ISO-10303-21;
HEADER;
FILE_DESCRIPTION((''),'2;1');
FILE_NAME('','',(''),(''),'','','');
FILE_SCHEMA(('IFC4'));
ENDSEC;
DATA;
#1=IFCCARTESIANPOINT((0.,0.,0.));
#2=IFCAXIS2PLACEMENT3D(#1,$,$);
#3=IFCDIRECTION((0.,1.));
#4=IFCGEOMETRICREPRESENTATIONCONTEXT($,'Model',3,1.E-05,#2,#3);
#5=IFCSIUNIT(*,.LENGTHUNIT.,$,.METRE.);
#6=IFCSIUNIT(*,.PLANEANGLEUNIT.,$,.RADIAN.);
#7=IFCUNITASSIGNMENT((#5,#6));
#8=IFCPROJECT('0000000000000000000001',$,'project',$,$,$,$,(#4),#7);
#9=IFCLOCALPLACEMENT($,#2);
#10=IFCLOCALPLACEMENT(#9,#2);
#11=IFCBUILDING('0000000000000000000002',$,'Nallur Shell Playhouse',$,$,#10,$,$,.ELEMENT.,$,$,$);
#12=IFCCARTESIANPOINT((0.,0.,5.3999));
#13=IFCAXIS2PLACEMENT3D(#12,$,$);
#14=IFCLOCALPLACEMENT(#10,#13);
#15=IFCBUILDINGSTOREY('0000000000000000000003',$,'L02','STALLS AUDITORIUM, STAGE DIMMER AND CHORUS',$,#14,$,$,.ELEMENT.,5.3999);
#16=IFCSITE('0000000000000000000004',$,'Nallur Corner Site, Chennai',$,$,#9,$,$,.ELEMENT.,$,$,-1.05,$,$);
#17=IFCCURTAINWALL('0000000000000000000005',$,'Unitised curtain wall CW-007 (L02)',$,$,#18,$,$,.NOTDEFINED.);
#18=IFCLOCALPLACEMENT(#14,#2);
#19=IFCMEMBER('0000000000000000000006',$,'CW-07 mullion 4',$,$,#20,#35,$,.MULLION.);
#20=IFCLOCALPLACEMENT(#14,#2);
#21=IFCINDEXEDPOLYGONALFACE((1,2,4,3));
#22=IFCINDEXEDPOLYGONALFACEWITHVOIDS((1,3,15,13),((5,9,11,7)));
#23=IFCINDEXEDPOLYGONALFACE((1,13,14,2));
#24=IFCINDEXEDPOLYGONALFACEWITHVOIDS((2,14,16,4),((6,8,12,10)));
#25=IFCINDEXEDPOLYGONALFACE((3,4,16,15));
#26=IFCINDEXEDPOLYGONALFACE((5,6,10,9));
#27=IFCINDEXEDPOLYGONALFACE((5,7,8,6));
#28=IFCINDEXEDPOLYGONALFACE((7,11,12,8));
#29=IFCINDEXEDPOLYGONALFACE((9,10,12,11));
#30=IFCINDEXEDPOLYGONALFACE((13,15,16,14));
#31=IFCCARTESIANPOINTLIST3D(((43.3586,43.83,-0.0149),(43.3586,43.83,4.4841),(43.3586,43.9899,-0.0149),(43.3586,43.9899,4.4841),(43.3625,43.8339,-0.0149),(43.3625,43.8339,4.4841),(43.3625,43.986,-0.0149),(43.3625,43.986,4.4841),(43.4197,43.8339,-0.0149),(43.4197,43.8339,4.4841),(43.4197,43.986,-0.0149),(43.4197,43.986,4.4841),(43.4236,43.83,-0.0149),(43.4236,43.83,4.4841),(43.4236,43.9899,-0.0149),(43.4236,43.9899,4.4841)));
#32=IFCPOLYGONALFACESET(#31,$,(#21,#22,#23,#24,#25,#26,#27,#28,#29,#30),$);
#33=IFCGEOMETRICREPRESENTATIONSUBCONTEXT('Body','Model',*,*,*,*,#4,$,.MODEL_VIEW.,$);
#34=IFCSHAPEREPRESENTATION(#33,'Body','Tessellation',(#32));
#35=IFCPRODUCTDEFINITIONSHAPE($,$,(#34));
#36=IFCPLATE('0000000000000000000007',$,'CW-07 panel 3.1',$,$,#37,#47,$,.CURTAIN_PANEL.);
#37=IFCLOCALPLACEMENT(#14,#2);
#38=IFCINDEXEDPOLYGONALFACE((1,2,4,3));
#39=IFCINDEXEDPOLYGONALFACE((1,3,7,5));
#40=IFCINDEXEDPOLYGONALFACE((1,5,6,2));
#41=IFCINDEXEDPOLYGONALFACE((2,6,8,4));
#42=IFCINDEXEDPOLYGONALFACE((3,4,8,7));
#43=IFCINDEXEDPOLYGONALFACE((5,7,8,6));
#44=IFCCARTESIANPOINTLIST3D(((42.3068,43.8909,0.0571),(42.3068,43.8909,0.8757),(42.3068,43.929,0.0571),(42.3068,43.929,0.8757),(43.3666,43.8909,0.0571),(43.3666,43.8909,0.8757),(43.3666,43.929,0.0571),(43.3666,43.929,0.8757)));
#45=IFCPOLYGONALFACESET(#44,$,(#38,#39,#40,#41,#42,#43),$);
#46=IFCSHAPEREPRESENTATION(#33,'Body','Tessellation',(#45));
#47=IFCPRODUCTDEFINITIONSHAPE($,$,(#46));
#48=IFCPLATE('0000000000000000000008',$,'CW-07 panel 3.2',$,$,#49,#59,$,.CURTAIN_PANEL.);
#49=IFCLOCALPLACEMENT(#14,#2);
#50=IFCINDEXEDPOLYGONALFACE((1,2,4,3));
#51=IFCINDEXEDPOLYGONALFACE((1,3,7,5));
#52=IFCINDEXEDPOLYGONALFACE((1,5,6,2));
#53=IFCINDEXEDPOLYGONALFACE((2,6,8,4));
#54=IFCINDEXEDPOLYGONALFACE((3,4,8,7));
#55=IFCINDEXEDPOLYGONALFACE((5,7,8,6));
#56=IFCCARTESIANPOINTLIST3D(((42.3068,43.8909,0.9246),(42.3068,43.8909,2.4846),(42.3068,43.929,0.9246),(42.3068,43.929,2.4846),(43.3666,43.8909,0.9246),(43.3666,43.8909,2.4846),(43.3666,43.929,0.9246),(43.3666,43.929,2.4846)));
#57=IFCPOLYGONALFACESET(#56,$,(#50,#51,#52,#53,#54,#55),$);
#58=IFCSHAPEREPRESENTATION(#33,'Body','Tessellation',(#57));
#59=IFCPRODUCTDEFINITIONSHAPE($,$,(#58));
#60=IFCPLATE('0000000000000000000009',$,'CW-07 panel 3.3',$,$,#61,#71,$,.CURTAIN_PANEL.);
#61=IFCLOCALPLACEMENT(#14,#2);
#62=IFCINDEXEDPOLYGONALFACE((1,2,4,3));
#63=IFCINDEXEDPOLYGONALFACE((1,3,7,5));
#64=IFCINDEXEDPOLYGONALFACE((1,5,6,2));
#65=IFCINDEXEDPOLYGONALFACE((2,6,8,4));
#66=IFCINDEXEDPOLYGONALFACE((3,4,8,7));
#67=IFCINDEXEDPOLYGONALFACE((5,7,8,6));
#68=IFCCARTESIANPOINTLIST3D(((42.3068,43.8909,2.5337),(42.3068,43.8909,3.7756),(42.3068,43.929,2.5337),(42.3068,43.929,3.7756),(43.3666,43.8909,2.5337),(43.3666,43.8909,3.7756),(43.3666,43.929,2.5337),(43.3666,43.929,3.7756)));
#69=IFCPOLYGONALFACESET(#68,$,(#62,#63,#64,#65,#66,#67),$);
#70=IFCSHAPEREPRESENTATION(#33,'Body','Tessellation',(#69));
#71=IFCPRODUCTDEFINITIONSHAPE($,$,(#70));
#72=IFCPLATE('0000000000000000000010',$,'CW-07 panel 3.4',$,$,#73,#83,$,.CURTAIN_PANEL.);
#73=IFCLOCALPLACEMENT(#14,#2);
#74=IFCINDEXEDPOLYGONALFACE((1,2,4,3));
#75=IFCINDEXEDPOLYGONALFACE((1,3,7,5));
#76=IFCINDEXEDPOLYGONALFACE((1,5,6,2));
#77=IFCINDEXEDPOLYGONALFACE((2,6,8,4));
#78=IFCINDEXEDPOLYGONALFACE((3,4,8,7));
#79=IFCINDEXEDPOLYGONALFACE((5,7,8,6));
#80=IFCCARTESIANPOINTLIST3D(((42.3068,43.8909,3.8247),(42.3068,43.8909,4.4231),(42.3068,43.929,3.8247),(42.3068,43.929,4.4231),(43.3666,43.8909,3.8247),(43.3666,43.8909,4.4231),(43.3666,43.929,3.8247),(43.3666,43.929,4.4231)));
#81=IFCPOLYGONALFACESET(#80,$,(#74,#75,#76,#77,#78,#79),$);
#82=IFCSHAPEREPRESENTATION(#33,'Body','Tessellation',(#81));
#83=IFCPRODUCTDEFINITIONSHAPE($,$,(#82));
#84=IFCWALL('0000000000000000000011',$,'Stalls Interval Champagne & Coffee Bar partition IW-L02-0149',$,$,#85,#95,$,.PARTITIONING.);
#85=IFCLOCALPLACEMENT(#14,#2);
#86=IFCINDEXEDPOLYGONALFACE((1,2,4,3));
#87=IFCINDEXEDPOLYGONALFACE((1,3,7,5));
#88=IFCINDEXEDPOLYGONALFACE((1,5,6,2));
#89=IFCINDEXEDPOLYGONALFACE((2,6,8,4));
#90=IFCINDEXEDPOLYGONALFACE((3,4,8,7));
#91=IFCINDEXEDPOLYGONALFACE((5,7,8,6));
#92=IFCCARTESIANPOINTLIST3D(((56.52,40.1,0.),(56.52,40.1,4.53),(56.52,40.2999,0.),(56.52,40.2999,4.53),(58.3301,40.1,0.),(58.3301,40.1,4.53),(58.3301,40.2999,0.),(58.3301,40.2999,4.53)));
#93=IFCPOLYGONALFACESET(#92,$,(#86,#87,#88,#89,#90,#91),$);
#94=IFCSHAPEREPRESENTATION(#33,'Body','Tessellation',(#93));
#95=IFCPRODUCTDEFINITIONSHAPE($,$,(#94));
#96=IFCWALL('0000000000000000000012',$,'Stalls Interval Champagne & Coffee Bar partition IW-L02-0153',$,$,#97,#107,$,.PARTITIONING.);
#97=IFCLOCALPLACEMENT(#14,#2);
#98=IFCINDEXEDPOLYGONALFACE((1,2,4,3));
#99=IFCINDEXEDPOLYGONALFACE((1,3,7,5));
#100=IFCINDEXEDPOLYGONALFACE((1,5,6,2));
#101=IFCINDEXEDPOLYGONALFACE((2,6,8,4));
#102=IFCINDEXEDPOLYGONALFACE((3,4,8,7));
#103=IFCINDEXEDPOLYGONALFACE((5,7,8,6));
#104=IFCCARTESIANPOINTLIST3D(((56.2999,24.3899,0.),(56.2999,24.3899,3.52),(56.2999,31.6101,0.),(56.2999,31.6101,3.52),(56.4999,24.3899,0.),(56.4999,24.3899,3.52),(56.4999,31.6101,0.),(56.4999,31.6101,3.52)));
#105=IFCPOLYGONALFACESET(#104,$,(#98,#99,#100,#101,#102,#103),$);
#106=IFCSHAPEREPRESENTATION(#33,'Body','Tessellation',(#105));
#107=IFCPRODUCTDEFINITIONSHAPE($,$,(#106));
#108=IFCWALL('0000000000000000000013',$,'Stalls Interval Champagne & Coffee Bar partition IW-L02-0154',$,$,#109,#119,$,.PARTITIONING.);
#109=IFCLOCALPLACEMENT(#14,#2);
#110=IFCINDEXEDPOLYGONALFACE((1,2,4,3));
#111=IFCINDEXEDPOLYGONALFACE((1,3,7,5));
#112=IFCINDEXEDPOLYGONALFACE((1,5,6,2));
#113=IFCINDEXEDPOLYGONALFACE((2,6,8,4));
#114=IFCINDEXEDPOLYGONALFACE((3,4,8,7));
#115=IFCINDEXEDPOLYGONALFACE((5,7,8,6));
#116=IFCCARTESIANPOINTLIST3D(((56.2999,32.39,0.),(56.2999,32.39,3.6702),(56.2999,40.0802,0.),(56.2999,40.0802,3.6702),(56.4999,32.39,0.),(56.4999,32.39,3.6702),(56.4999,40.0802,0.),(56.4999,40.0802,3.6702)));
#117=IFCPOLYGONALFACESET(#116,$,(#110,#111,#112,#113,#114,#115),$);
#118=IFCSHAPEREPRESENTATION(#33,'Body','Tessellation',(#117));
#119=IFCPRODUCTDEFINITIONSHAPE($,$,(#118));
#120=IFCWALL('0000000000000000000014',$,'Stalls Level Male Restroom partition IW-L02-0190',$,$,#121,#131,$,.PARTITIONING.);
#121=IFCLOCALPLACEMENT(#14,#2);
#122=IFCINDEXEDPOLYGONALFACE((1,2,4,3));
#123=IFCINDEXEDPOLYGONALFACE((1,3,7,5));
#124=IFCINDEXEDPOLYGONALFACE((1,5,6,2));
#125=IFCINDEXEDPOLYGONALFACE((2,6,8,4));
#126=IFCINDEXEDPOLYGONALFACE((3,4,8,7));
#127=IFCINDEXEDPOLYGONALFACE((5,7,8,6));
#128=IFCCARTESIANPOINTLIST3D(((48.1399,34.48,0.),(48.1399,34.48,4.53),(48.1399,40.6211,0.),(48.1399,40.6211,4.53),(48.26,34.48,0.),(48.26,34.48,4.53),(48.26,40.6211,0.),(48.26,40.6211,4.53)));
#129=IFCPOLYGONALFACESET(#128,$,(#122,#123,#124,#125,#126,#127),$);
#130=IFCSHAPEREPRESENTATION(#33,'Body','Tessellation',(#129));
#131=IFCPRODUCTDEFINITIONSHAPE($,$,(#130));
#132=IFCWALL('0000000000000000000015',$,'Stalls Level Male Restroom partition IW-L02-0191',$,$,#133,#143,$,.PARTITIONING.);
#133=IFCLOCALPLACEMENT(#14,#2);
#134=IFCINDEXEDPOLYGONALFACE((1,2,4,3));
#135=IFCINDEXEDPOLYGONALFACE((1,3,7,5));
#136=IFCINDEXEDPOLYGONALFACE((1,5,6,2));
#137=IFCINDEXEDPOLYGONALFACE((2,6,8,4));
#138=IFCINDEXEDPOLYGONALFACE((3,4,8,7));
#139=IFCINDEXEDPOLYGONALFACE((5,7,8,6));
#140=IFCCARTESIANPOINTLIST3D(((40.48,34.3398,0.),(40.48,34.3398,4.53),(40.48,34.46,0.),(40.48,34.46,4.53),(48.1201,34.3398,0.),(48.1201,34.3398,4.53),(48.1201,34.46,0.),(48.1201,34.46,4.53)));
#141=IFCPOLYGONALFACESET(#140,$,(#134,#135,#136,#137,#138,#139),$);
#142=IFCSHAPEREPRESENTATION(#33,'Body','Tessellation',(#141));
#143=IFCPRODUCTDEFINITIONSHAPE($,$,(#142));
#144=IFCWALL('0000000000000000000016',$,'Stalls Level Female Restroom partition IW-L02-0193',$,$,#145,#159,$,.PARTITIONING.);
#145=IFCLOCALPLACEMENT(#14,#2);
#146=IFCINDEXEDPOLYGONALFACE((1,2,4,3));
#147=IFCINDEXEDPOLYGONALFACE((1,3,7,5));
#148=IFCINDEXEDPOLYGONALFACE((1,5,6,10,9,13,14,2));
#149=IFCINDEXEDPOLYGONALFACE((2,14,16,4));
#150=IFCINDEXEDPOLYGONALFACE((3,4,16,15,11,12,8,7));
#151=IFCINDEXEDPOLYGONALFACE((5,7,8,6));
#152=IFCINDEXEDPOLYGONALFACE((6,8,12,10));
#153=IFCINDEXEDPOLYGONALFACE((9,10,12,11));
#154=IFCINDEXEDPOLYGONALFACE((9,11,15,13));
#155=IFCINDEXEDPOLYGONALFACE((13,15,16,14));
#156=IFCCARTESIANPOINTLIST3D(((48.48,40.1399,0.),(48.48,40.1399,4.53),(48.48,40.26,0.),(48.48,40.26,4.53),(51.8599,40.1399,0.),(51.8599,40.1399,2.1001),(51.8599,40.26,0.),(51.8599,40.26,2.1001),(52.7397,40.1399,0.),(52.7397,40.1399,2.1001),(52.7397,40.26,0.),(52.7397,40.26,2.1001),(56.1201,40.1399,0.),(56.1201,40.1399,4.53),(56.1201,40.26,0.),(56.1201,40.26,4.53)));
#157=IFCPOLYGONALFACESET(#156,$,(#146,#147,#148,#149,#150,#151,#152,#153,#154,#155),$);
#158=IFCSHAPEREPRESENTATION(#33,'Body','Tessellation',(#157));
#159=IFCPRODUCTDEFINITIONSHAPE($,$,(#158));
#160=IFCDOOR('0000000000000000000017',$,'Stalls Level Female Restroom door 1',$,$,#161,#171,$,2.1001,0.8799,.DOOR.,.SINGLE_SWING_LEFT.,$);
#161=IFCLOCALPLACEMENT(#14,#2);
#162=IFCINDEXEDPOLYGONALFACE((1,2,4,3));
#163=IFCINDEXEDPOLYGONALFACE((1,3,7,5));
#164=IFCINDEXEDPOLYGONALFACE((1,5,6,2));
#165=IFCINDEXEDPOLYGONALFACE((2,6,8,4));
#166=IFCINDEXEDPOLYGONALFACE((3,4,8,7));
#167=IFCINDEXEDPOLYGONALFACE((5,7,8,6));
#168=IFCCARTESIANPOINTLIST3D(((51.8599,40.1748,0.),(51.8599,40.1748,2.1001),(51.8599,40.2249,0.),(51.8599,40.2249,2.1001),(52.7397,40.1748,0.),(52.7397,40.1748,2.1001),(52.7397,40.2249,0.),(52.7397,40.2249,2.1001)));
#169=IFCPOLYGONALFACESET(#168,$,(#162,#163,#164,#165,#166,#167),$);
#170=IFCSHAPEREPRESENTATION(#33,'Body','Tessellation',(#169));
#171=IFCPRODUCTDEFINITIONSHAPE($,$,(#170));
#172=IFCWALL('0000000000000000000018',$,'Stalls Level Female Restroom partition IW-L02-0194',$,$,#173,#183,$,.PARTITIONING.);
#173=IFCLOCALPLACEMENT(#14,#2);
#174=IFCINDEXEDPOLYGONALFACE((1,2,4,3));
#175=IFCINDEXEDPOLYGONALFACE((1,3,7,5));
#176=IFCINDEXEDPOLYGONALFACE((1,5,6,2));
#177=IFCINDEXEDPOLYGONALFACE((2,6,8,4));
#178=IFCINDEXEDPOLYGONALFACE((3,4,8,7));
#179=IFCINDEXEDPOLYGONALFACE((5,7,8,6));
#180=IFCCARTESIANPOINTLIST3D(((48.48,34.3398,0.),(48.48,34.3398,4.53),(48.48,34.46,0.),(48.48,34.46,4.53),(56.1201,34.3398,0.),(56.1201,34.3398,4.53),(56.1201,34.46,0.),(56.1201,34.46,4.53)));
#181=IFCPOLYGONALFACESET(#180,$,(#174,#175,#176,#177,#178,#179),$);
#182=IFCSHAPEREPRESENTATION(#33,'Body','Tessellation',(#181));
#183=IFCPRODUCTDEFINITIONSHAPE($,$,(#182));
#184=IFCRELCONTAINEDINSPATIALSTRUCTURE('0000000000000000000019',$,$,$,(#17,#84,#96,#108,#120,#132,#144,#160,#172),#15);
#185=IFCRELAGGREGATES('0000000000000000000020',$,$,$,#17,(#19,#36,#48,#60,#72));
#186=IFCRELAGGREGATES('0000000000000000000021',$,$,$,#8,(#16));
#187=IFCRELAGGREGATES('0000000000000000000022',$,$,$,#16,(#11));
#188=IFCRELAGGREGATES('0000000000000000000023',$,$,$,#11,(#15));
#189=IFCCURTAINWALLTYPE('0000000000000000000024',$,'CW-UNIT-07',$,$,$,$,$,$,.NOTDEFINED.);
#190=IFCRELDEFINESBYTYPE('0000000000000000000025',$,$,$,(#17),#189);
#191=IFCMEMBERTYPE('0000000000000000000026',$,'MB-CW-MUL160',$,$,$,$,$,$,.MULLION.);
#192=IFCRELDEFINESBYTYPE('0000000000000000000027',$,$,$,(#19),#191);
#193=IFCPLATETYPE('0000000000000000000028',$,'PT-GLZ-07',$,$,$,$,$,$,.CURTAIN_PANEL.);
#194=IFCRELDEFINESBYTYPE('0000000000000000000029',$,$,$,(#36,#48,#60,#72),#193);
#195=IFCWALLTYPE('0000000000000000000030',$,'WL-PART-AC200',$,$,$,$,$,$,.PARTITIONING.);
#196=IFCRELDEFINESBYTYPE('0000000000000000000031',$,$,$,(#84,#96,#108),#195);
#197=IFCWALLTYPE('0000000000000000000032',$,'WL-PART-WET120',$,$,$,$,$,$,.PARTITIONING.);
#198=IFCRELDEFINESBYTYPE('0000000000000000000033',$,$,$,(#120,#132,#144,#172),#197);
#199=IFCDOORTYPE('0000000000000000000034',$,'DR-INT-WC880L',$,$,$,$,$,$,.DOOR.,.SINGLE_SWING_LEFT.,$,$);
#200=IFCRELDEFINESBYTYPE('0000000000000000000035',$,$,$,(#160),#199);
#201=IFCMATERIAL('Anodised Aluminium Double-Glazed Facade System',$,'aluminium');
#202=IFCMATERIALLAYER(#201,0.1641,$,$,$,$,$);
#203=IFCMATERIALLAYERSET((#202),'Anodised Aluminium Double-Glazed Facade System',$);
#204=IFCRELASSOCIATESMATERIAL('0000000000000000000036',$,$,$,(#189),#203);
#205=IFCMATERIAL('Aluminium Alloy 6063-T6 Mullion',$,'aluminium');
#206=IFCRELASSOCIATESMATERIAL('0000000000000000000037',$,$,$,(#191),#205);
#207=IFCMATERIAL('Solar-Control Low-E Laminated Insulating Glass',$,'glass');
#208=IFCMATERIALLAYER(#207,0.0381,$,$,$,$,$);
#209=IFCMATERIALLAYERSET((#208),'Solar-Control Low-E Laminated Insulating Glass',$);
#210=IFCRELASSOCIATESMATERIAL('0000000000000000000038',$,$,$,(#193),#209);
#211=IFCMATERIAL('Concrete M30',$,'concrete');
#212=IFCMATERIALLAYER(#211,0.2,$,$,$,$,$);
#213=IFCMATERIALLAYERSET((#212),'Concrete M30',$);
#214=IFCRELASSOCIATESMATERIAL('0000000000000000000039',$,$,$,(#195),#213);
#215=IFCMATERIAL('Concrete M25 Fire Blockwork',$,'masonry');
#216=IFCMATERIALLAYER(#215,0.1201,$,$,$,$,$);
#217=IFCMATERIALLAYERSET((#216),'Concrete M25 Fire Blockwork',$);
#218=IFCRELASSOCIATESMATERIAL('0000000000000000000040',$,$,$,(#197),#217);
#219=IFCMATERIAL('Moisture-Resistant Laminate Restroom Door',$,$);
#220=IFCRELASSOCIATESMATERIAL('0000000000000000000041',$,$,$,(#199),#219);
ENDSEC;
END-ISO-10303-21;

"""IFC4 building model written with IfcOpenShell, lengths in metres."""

from ifc_helpers import new_model, si_unit, direction, frame, frame_2d, origin, origin_2d, place, context, subcontext, project, spatial, rectangle, hollow_rectangle, extrude, material, layer, layer_set, material_profile, profile_set, type_object, element, fill, aggregate, save


model = new_model("IFC4")

# Units and contexts
model_context = context("Model", 3, precision=1e-05, world=origin(), true_north=direction((0.0, 1.0)))
body_context = subcontext(model_context, "Body", "Model", "MODEL_VIEW")
ifc_project = project(units=[si_unit("LENGTHUNIT", "METRE"), si_unit("PLANEANGLEUNIT", "RADIAN")], contexts=[model_context])

# Site, building, storey
site_placement = place(None, origin())
site = spatial("IfcSite", under=ifc_project, at=site_placement, Name="Nallur Corner Site, Chennai", CompositionType="ELEMENT", RefElevation=-1.05)
building_placement = place(site_placement, origin())
building = spatial("IfcBuilding", under=site, at=building_placement, Name="Nallur Shell Playhouse", CompositionType="ELEMENT")
storey_placement = place(building_placement, frame((0.0, 0.0, 5.3999)))
storey = spatial("IfcBuildingStorey", under=building, at=storey_placement, Name="L02", Description="STALLS AUDITORIUM, STAGE DIMMER AND CHORUS", CompositionType="ELEMENT", Elevation=5.3999)

# Curtain wall, member, plates
ifc_material_1 = material(Name="Anodised Aluminium Double-Glazed Facade System", Category="aluminium")
ifc_layer_1 = layer(ifc_material_1, 0.1641)
ifc_layer_set_1 = layer_set([ifc_layer_1], Name="Anodised Aluminium Double-Glazed Facade System")
curtain_wall_type = type_object("IfcCurtainWallType", Name="CW-UNIT-07", PredefinedType="NOTDEFINED", material=ifc_layer_set_1)
curtain_wall_placement = place(storey_placement, origin())
curtain_wall = element("IfcCurtainWall", 1, at=curtain_wall_placement, inside=storey, type_object=curtain_wall_type, Name="Unitised curtain wall CW-007 (L02)", PredefinedType="NOTDEFINED")
ifc_material_2 = material(Name="Aluminium Alloy 6063-T6 Mullion", Category="aluminium")
ifc_material_profile_1 = material_profile(ifc_material_2, hollow_rectangle(XDim=0.0649, YDim=0.1599, WallThickness=0.0039, at=origin_2d()), Name="ALU 65x160x4")
ifc_profile_set_1 = profile_set([ifc_material_profile_1], Name="Aluminium Alloy 6063-T6 Mullion")
member_type = type_object("IfcMemberType", Name="MB-CW-MUL160", PredefinedType="MULLION", material=ifc_profile_set_1)
member_placement = place(storey_placement, frame((43.3911, 43.9099, -0.0149), z_axis=(0.0, 0.0, 1.0), x_axis=(1.0, 0.0, 0.0)))
member = element("IfcMember", 2, at=member_placement, type_object=member_type, Name="CW-07 mullion 4", PredefinedType="MULLION", context=body_context, shape_type="SweptSolid", body=[
    extrude(hollow_rectangle(XDim=0.0649, YDim=0.1599, WallThickness=0.0039, at=origin_2d()), origin(), (0.0, 0.0, 1.0), 4.499),
])
ifc_material_3 = material(Name="Solar-Control Low-E Laminated Insulating Glass", Category="glass")
ifc_layer_2 = layer(ifc_material_3, 0.0381)
ifc_layer_set_2 = layer_set([ifc_layer_2], Name="Solar-Control Low-E Laminated Insulating Glass")
plate_type = type_object("IfcPlateType", Name="PT-GLZ-07", PredefinedType="CURTAIN_PANEL", material=ifc_layer_set_2)
plate_1_placement = place(storey_placement, frame((42.8367, 43.9099, 0.0571), z_axis=(0.0, 0.0, 1.0), x_axis=(1.0, 0.0, 0.0)))
plate_1 = element("IfcPlate", 3, at=plate_1_placement, type_object=plate_type, Name="CW-07 panel 3.1", PredefinedType="CURTAIN_PANEL", context=body_context, shape_type="SweptSolid", body=[
    extrude(rectangle(XDim=1.0598, YDim=0.0381, at=origin_2d()), origin(), (0.0, 0.0, 1.0), 0.8186),
])
plate_2_placement = place(storey_placement, frame((42.8367, 43.9099, 0.9246), z_axis=(0.0, 0.0, 1.0), x_axis=(1.0, 0.0, 0.0)))
plate_2 = element("IfcPlate", 4, at=plate_2_placement, type_object=plate_type, Name="CW-07 panel 3.2", PredefinedType="CURTAIN_PANEL", context=body_context, shape_type="SweptSolid", body=[
    extrude(rectangle(XDim=1.0598, YDim=0.0381, at=origin_2d()), origin(), (0.0, 0.0, 1.0), 1.5601),
])
plate_3_placement = place(storey_placement, frame((42.8367, 43.9099, 2.5337), z_axis=(0.0, 0.0, 1.0), x_axis=(1.0, 0.0, 0.0)))
plate_3 = element("IfcPlate", 5, at=plate_3_placement, type_object=plate_type, Name="CW-07 panel 3.3", PredefinedType="CURTAIN_PANEL", context=body_context, shape_type="SweptSolid", body=[
    extrude(rectangle(XDim=1.0598, YDim=0.0381, at=origin_2d()), origin(), (0.0, 0.0, 1.0), 1.2419),
])
plate_4_placement = place(storey_placement, frame((42.8367, 43.9099, 3.8247), z_axis=(0.0, 0.0, 1.0), x_axis=(1.0, 0.0, 0.0)))
plate_4 = element("IfcPlate", 6, at=plate_4_placement, type_object=plate_type, Name="CW-07 panel 3.4", PredefinedType="CURTAIN_PANEL", context=body_context, shape_type="SweptSolid", body=[
    extrude(rectangle(XDim=1.0598, YDim=0.0381, at=origin_2d()), origin(), (0.0, 0.0, 1.0), 0.5984),
])
aggregate(curtain_wall, [member, plate_1, plate_2, plate_3, plate_4])

# Walls
ifc_material_4 = material(Name="Concrete M30", Category="concrete")
ifc_layer_3 = layer(ifc_material_4, 0.2)
ifc_layer_set_3 = layer_set([ifc_layer_3], Name="Concrete M30")
wall_type_1 = type_object("IfcWallType", Name="WL-PART-AC200", PredefinedType="PARTITIONING", material=ifc_layer_set_3)
wall_1_placement = place(storey_placement, frame((56.52, 40.2, 0.0), z_axis=(0.0, 0.0, 1.0), x_axis=(1.0, 0.0, 0.0)))
element("IfcWall", 7, at=wall_1_placement, inside=storey, type_object=wall_type_1, Name="Stalls Interval Champagne & Coffee Bar partition IW-L02-0149", PredefinedType="PARTITIONING", context=body_context, shape_type="SweptSolid", body=[
    extrude(rectangle(XDim=1.8101, YDim=0.2, at=frame_2d((0.905, 0.0))), origin(), (0.0, 0.0, 1.0), 4.53),
])
wall_2_placement = place(storey_placement, frame((56.3999, 24.3899, 0.0), z_axis=(0.0, 0.0, 1.0), x_axis=(0.0, 1.0, 0.0)))
element("IfcWall", 8, at=wall_2_placement, inside=storey, type_object=wall_type_1, Name="Stalls Interval Champagne & Coffee Bar partition IW-L02-0153", PredefinedType="PARTITIONING", context=body_context, shape_type="SweptSolid", body=[
    extrude(rectangle(XDim=7.2202, YDim=0.2, at=frame_2d((3.6101, 0.0))), origin(), (0.0, 0.0, 1.0), 3.52),
])
wall_3_placement = place(storey_placement, frame((56.3999, 32.3899, 0.0), z_axis=(0.0, 0.0, 1.0), x_axis=(0.0, 1.0, 0.0)))
element("IfcWall", 9, at=wall_3_placement, inside=storey, type_object=wall_type_1, Name="Stalls Interval Champagne & Coffee Bar partition IW-L02-0154", PredefinedType="PARTITIONING", context=body_context, shape_type="SweptSolid", body=[
    extrude(rectangle(XDim=7.6902, YDim=0.2, at=frame_2d((3.8452, 0.0))), origin(), (0.0, 0.0, 1.0), 3.6702),
])
ifc_material_5 = material(Name="Concrete M25 Fire Blockwork", Category="masonry")
ifc_layer_4 = layer(ifc_material_5, 0.1201)
ifc_layer_set_4 = layer_set([ifc_layer_4], Name="Concrete M25 Fire Blockwork")
wall_type_2 = type_object("IfcWallType", Name="WL-PART-WET120", PredefinedType="PARTITIONING", material=ifc_layer_set_4)
wall_4_placement = place(storey_placement, frame((48.2, 40.6211, 0.0), z_axis=(0.0, 0.0, 1.0), x_axis=(0.0, -1.0, 0.0)))
element("IfcWall", 10, at=wall_4_placement, inside=storey, type_object=wall_type_2, Name="Stalls Level Male Restroom partition IW-L02-0190", PredefinedType="PARTITIONING", context=body_context, shape_type="SweptSolid", body=[
    extrude(rectangle(XDim=6.1411, YDim=0.1201, at=frame_2d((3.0706, 0.0))), origin(), (0.0, 0.0, 1.0), 4.53),
])
wall_5_placement = place(storey_placement, frame((48.1201, 34.3999, 0.0), z_axis=(0.0, 0.0, 1.0), x_axis=(-1.0, 0.0, 0.0)))
element("IfcWall", 11, at=wall_5_placement, inside=storey, type_object=wall_type_2, Name="Stalls Level Male Restroom partition IW-L02-0191", PredefinedType="PARTITIONING", context=body_context, shape_type="SweptSolid", body=[
    extrude(rectangle(XDim=7.6401, YDim=0.1201, at=frame_2d((3.8201, 0.0))), origin(), (0.0, 0.0, 1.0), 4.53),
])

# Wall, opening, door
wall_6_placement = place(storey_placement, frame((48.48, 40.2, 0.0), z_axis=(0.0, 0.0, 1.0), x_axis=(1.0, 0.0, 0.0)))
wall_6 = element("IfcWall", 12, at=wall_6_placement, inside=storey, type_object=wall_type_2, Name="Stalls Level Female Restroom partition IW-L02-0193", PredefinedType="PARTITIONING", context=body_context, shape_type="SweptSolid", body=[
    extrude(rectangle(XDim=7.6401, YDim=0.1201, at=frame_2d((3.8201, 0.0))), origin(), (0.0, 0.0, 1.0), 4.53),
])
opening_placement = place(wall_6_placement, frame((3.3799, 0.0, 0.0)))
opening = element("IfcOpeningElement", 13, at=opening_placement, cuts=wall_6, PredefinedType="OPENING", context=body_context, shape_type="SweptSolid", body=[
    extrude(rectangle(XDim=0.8799, YDim=2.1001, at=frame_2d((0.4399, 1.05))), frame((0.0, 0.0701, 0.0), z_axis=(0.0, -1.0, 0.0), x_axis=(1.0, 0.0, 0.0)), (0.0, 0.0, 1.0), 0.1401),
])
ifc_material_6 = material(Name="Moisture-Resistant Laminate Restroom Door")
door_type = type_object("IfcDoorType", Name="DR-INT-WC880L", OperationType="SINGLE_SWING_LEFT", PredefinedType="DOOR", material=ifc_material_6)
door_placement = place(opening_placement, origin())
door = element("IfcDoor", 14, at=door_placement, inside=storey, type_object=door_type, Name="Stalls Level Female Restroom door 1", OperationType="SINGLE_SWING_LEFT", OverallHeight=2.1001, OverallWidth=0.8799, PredefinedType="DOOR", context=body_context, shape_type="SweptSolid", body=[
    extrude(rectangle(XDim=0.8799, YDim=2.1001, at=frame_2d((0.4399, 1.05))), frame((0.0, 0.0249, 0.0), z_axis=(0.0, -1.0, 0.0), x_axis=(1.0, 0.0, 0.0)), (0.0, 0.0, 1.0), 0.05),
])
fill(opening, door)

# Wall
wall_7_placement = place(storey_placement, frame((56.1201, 34.3999, 0.0), z_axis=(0.0, 0.0, 1.0), x_axis=(-1.0, 0.0, 0.0)))
element("IfcWall", 15, at=wall_7_placement, inside=storey, type_object=wall_type_2, Name="Stalls Level Female Restroom partition IW-L02-0194", PredefinedType="PARTITIONING", context=body_context, shape_type="SweptSolid", body=[
    extrude(rectangle(XDim=7.6401, YDim=0.1201, at=frame_2d((3.8201, 0.0))), origin(), (0.0, 0.0, 1.0), 4.53),
])

save(model, "model.ifc")
